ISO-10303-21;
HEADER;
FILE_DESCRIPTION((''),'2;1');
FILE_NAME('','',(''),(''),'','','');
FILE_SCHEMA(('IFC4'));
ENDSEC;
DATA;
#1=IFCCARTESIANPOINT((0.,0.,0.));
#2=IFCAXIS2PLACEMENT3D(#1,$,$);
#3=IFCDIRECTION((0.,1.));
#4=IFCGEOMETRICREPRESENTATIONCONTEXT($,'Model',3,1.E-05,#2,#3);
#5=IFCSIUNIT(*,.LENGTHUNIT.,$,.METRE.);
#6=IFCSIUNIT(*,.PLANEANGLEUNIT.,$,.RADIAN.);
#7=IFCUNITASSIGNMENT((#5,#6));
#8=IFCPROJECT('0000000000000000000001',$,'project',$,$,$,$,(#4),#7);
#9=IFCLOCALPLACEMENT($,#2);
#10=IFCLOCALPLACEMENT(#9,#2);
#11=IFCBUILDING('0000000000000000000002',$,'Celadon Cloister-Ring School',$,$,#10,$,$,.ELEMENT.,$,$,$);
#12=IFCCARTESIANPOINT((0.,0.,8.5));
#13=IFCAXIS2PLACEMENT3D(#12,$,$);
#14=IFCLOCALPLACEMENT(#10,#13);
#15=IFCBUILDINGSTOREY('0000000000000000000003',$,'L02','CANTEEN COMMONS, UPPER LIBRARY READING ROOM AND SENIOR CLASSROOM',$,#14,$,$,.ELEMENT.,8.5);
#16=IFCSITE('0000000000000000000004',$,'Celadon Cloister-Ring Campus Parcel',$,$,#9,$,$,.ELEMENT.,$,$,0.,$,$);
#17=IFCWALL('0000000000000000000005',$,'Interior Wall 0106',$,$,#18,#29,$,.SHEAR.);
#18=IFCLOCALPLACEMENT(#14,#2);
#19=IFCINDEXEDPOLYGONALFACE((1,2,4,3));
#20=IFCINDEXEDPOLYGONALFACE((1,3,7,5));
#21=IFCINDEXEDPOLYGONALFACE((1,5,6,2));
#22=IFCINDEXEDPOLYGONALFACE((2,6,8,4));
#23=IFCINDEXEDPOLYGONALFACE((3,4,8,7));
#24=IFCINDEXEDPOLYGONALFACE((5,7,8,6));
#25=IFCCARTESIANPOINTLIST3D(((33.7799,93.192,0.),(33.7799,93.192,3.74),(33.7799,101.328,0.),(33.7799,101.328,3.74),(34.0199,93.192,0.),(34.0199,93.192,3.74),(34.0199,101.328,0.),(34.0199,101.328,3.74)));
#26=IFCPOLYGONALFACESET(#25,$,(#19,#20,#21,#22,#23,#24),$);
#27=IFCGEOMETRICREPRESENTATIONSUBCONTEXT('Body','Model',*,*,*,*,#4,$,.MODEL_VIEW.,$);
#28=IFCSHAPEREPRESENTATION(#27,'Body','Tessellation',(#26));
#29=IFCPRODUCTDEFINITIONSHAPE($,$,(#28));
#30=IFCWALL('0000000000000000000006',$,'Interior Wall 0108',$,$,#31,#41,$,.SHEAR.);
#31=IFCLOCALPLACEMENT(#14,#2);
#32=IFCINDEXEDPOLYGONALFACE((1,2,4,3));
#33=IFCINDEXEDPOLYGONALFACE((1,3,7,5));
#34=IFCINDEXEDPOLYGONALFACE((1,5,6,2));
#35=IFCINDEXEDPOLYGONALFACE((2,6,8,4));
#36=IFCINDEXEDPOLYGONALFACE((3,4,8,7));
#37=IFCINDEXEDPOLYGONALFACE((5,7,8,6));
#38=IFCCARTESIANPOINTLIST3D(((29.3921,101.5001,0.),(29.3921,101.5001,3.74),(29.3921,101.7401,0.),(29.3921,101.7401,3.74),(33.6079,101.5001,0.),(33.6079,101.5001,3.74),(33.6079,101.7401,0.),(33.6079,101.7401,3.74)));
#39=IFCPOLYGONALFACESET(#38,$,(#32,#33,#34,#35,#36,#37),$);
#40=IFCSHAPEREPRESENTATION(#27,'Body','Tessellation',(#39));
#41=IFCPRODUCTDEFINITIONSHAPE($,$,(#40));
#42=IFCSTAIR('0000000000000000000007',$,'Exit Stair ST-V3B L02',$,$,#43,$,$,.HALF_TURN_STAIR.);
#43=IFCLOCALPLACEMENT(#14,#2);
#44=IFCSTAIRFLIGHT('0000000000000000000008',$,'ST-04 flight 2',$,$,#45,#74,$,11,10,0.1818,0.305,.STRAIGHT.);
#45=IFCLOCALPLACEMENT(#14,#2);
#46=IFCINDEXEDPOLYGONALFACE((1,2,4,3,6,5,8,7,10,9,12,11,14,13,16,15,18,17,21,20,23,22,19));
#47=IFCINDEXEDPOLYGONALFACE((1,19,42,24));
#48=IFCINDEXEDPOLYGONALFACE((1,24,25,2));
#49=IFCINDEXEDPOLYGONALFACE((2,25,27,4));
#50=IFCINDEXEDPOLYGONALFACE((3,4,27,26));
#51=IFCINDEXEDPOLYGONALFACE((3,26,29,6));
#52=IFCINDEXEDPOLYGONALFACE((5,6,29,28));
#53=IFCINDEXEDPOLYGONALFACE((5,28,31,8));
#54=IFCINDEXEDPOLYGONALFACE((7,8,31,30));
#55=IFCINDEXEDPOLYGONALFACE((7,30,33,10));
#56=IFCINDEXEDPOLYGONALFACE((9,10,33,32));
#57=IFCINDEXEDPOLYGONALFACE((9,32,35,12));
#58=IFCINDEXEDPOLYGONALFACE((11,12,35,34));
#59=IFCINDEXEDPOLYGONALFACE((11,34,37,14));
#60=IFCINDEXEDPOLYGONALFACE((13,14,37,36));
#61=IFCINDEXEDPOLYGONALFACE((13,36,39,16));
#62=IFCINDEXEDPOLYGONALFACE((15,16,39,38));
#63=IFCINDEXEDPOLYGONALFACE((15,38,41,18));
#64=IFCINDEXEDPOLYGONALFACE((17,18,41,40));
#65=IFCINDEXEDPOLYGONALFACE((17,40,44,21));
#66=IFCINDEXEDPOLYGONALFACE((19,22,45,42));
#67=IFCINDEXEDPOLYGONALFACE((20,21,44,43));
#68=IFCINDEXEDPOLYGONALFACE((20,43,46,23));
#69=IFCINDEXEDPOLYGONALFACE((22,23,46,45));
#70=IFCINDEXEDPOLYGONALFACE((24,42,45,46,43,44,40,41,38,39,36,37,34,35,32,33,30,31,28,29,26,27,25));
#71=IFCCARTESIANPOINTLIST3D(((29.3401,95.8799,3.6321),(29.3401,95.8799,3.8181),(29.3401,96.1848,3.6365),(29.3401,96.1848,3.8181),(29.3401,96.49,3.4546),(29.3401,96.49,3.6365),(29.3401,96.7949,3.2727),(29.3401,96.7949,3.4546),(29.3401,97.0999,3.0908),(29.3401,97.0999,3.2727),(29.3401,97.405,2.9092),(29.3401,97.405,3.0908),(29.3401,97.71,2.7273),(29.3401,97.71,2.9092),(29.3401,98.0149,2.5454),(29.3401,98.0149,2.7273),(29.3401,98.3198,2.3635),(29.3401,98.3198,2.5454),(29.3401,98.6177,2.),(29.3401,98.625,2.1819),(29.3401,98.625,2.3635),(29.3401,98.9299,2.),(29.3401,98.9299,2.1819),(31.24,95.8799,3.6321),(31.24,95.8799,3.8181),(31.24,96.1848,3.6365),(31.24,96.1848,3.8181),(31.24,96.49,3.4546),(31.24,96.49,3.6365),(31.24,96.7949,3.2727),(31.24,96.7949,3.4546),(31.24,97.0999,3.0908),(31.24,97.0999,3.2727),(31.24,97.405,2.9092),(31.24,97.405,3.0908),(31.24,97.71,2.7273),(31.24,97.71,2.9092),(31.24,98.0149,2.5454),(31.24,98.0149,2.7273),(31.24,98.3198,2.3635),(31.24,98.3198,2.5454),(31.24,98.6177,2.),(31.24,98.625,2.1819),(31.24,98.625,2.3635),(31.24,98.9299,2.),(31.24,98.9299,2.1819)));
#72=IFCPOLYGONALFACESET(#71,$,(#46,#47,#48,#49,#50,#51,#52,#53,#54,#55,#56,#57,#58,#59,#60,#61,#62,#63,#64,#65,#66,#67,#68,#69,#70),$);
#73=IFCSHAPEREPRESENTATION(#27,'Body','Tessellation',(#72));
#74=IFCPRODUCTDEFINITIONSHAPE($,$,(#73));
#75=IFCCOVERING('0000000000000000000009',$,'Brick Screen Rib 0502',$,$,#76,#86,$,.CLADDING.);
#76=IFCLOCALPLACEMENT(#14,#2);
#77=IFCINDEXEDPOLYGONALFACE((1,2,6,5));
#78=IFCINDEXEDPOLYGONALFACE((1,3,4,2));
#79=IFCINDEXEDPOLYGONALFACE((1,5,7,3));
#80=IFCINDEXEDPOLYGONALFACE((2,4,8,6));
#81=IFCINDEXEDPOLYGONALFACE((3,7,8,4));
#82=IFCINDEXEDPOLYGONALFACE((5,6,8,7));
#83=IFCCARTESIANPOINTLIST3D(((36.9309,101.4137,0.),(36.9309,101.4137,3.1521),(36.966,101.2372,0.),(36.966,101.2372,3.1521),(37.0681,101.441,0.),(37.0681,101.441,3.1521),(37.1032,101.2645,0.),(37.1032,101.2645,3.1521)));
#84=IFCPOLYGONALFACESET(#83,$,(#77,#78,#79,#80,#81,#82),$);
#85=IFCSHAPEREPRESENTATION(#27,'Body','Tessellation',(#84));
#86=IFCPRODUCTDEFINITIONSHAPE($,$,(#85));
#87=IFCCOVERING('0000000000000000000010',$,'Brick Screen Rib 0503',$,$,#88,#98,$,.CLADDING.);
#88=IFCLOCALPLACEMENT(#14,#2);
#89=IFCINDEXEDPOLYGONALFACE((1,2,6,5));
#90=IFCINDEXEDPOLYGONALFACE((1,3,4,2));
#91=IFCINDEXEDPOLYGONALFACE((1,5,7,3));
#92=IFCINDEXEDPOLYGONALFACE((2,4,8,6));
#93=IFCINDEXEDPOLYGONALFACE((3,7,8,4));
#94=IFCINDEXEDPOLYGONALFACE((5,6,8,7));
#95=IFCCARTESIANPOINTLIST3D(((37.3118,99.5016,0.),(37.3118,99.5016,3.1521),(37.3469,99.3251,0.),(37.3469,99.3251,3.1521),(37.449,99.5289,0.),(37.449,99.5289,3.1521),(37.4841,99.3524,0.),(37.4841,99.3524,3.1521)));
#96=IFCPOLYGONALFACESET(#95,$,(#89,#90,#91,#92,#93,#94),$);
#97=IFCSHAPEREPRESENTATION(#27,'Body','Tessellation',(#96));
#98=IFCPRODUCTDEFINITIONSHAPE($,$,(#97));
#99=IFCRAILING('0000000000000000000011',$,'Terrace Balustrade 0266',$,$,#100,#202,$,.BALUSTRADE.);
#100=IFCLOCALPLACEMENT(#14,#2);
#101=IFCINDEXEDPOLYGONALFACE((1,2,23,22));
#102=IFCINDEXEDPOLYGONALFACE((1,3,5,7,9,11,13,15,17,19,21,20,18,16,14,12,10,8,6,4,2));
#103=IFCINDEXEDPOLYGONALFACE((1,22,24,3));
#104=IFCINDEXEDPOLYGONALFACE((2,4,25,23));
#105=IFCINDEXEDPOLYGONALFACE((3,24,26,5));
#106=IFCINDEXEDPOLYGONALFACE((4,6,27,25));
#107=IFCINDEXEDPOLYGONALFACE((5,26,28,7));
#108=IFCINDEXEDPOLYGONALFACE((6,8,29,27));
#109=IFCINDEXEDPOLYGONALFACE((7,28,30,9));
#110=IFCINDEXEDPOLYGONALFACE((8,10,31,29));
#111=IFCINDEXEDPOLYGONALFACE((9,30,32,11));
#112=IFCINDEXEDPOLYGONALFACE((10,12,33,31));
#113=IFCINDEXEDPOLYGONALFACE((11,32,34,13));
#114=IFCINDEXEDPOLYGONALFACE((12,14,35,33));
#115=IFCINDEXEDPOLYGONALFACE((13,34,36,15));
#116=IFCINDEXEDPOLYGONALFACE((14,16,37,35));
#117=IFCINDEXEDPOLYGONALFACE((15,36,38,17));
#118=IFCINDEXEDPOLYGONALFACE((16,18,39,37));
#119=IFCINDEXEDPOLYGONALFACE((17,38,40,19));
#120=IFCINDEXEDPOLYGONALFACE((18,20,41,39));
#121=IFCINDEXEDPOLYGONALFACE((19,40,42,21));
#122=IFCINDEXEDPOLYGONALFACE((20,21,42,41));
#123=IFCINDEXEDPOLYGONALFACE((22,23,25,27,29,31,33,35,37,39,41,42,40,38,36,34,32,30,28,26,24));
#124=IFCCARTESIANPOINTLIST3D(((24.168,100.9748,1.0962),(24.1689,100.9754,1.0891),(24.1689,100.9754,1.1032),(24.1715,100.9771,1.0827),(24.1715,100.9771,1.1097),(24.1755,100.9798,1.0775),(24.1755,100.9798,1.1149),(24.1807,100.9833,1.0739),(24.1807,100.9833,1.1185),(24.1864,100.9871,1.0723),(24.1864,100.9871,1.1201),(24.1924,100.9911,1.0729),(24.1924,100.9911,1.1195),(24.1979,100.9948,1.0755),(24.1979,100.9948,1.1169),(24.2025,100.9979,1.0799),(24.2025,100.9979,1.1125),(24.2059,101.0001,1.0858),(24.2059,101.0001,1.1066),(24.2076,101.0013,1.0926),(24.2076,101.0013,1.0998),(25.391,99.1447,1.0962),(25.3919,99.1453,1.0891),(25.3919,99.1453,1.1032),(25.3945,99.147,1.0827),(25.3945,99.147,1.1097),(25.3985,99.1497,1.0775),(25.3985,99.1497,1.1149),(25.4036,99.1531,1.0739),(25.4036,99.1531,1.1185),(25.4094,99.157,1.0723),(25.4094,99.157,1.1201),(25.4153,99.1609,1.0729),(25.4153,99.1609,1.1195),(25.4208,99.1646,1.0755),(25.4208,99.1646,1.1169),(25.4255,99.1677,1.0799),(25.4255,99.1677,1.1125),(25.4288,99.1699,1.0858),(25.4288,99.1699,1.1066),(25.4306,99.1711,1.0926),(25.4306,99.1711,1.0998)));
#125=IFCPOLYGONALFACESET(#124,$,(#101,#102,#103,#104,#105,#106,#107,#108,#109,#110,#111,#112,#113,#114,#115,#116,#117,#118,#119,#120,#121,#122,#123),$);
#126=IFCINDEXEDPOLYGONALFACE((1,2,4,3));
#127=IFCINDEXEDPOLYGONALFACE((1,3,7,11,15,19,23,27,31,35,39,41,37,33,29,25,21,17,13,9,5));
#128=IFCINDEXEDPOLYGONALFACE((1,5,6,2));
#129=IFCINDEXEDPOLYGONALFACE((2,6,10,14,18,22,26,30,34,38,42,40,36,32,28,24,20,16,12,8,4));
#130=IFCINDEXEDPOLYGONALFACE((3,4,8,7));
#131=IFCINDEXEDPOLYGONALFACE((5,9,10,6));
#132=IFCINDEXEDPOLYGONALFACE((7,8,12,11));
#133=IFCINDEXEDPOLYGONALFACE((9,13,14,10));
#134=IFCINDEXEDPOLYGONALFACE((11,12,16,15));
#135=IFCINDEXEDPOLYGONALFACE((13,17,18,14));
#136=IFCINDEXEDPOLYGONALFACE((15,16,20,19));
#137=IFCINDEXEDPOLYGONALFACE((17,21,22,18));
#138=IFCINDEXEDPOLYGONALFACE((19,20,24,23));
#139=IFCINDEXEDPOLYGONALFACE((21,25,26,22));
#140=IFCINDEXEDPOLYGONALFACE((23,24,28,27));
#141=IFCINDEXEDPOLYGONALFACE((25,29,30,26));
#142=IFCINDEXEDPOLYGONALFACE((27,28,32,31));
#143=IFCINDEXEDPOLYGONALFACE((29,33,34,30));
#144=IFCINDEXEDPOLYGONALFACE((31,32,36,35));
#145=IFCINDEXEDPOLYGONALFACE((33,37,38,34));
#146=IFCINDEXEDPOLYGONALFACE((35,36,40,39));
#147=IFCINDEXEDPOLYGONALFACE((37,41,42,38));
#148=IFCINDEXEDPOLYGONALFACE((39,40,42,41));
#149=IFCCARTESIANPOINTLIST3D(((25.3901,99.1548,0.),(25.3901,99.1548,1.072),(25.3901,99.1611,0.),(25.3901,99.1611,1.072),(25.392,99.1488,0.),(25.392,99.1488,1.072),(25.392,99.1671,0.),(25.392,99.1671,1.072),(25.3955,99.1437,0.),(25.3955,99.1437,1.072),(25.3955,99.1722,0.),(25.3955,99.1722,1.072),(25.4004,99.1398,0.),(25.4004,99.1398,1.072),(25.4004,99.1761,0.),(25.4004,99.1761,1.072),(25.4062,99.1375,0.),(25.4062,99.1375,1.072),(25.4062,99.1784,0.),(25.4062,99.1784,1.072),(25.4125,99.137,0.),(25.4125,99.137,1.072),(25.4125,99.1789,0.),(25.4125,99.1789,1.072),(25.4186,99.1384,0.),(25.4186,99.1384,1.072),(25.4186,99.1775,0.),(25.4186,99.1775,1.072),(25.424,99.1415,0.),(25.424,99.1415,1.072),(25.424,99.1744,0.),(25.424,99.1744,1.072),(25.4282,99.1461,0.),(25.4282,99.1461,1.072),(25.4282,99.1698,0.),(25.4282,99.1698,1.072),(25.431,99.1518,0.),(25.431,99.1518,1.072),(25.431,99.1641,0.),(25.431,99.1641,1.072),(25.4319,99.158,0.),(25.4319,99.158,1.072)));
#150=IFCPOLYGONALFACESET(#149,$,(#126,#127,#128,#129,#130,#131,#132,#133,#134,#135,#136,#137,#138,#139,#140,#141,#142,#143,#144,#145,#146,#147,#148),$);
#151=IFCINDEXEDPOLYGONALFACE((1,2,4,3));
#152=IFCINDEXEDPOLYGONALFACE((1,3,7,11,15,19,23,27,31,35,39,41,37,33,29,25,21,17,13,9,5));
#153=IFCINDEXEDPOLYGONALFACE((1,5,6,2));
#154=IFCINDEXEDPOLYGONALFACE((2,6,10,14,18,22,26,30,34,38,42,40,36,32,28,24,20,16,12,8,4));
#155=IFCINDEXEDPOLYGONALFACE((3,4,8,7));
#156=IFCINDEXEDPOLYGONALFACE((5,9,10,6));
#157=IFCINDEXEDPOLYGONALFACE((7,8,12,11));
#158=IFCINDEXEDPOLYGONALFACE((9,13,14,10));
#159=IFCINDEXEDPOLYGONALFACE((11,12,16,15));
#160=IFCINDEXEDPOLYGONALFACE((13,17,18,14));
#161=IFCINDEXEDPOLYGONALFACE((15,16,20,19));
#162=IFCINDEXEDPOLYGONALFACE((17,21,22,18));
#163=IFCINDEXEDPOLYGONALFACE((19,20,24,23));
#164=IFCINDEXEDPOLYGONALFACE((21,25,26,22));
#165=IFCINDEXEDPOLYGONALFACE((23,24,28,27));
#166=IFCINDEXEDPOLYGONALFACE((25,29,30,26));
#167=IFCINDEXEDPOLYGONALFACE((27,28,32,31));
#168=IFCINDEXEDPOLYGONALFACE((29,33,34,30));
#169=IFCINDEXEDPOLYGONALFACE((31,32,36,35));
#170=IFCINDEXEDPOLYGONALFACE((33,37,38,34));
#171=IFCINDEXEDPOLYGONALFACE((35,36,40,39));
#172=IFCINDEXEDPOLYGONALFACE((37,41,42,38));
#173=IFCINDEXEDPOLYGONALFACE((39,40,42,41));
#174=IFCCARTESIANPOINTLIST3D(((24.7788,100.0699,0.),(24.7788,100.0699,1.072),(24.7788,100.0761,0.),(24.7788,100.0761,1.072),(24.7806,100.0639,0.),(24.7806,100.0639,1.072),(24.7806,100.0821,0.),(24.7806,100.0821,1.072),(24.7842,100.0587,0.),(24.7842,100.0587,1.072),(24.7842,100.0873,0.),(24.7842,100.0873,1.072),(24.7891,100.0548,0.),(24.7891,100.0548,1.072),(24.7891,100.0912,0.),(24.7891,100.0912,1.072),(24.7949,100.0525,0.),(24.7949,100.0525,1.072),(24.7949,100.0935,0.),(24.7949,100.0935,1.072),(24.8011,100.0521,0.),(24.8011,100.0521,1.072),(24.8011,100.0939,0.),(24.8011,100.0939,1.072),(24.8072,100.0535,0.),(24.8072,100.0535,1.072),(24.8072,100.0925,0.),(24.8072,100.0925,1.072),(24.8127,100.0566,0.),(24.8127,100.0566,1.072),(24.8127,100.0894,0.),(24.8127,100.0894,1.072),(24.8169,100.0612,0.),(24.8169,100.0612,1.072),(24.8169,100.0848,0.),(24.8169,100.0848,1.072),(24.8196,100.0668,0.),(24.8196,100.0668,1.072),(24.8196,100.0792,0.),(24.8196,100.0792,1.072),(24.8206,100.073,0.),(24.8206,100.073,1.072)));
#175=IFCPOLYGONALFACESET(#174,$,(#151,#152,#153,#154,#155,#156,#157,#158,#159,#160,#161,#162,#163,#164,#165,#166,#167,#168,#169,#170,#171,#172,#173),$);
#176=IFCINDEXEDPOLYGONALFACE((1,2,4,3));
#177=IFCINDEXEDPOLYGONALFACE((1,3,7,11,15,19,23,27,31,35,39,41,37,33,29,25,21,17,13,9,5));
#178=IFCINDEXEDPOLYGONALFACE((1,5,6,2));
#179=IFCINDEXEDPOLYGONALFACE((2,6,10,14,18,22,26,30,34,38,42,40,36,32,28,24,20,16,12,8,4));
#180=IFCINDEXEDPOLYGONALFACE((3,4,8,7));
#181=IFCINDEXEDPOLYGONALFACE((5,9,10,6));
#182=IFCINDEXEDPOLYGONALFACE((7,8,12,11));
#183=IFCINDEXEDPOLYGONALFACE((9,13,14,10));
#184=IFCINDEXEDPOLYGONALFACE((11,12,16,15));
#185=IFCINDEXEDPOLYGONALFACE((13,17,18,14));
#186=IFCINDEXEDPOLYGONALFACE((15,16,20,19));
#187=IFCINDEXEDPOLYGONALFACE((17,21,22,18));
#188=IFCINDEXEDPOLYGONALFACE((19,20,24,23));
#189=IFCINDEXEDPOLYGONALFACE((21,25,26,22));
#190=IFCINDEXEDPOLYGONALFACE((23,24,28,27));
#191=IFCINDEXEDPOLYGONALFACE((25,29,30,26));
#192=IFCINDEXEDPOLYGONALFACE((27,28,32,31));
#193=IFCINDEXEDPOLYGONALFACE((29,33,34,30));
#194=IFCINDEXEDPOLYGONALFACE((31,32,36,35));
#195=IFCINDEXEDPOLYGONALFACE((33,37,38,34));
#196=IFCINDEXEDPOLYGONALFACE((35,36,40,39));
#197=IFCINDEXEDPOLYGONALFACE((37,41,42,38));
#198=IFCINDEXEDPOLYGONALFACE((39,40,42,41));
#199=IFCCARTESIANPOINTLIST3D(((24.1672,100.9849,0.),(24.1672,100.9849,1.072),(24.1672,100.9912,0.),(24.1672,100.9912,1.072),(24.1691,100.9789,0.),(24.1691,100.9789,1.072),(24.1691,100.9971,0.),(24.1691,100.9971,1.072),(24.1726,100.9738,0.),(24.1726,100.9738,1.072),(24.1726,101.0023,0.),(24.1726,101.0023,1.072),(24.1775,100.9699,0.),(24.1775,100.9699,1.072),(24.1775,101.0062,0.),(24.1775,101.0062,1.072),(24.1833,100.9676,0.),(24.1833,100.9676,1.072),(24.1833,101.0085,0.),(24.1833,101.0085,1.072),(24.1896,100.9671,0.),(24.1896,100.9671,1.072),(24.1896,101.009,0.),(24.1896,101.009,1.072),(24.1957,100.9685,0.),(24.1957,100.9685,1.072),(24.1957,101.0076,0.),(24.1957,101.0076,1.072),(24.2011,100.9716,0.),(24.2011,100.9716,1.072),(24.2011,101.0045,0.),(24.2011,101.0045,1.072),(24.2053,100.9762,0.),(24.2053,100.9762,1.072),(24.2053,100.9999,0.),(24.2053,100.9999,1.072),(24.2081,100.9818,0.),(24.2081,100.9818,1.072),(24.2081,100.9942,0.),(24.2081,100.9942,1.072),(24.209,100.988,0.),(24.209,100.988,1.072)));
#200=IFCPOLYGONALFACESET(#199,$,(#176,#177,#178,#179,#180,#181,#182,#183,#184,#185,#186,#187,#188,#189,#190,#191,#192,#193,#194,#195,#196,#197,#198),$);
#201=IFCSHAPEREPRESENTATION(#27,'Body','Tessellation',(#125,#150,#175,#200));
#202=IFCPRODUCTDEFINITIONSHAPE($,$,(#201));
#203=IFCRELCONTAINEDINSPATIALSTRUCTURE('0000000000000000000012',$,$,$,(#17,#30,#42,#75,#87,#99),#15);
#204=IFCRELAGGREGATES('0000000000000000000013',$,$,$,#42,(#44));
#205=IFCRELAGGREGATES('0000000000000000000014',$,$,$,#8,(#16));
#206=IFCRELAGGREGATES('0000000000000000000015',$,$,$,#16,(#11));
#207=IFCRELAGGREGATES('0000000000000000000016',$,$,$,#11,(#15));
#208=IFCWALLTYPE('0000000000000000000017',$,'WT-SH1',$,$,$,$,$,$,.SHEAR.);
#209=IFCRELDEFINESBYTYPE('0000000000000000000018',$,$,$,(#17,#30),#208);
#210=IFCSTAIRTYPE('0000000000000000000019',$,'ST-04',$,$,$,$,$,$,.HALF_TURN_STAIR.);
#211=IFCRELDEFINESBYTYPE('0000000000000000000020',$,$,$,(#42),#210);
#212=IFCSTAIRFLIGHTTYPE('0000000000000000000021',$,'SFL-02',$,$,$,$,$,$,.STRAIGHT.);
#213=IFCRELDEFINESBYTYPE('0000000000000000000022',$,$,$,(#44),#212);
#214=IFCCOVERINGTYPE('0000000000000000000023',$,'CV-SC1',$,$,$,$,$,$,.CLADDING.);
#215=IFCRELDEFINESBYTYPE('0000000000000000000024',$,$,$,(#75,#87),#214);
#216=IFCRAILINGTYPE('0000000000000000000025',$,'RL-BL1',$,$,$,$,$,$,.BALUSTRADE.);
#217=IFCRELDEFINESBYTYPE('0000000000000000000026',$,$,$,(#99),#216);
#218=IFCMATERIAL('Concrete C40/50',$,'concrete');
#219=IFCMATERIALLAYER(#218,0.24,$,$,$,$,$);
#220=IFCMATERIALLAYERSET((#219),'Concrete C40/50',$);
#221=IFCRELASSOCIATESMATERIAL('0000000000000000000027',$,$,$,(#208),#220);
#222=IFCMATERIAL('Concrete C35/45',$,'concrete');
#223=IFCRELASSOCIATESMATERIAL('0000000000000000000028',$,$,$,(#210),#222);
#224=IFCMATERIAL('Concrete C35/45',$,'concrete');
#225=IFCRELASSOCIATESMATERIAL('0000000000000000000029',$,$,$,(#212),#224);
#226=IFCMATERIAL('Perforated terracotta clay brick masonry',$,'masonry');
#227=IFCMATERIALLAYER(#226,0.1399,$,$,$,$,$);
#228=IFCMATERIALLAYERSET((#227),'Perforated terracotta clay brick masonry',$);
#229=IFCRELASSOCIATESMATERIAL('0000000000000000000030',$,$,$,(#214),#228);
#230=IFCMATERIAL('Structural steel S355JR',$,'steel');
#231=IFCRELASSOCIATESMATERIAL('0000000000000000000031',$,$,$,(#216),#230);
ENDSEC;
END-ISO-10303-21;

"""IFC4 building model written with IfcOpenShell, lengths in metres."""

from ifc_helpers import new_model, si_unit, direction, frame, frame_2d, origin, origin_2d, place, context, subcontext, project, spatial, polyline, rectangle, circle, outline, extrude, material, layer, layer_set, type_object, element, aggregate, save


model = new_model("IFC4")

# Units and contexts
model_context = context("Model", 3, precision=1e-05, world=origin(), true_north=direction((0.0, 1.0)))
body_context = subcontext(model_context, "Body", "Model", "MODEL_VIEW")
ifc_project = project(units=[si_unit("LENGTHUNIT", "METRE"), si_unit("PLANEANGLEUNIT", "RADIAN")], contexts=[model_context])

# Site, building, storey
site_placement = place(None, origin())
site = spatial("IfcSite", under=ifc_project, at=site_placement, Name="Celadon Cloister-Ring Campus Parcel", CompositionType="ELEMENT", RefElevation=0.0)
building_placement = place(site_placement, origin())
building = spatial("IfcBuilding", under=site, at=building_placement, Name="Celadon Cloister-Ring School", CompositionType="ELEMENT")
storey_placement = place(building_placement, frame((0.0, 0.0, 8.5)))
storey = spatial("IfcBuildingStorey", under=building, at=storey_placement, Name="L02", Description="CANTEEN COMMONS, UPPER LIBRARY READING ROOM AND SENIOR CLASSROOM", CompositionType="ELEMENT", Elevation=8.5)

# Walls
ifc_material_1 = material(Name="Concrete C40/50", Category="concrete")
ifc_layer_1 = layer(ifc_material_1, 0.24)
ifc_layer_set_1 = layer_set([ifc_layer_1], Name="Concrete C40/50")
wall_type_1 = type_object("IfcWallType", Name="WT-SH1", PredefinedType="SHEAR", material=ifc_layer_set_1)
wall_1_placement = place(storey_placement, frame((33.8999, 101.3279, 0.0), z_axis=(0.0, 0.0, 1.0), x_axis=(0.0, -1.0, 0.0)))
element("IfcWall", 1, at=wall_1_placement, inside=storey, type_object=wall_type_1, Name="Interior Wall 0106", PredefinedType="SHEAR", context=body_context, shape_type="SweptSolid", body=[
    extrude(rectangle(XDim=8.136, YDim=0.24, at=frame_2d((4.0679, 0.0))), origin(), (0.0, 0.0, 1.0), 3.74),
])
wall_2_placement = place(storey_placement, frame((33.6079, 101.6201, 0.0), z_axis=(0.0, 0.0, 1.0), x_axis=(-1.0, 0.0, 0.0)))
element("IfcWall", 2, at=wall_2_placement, inside=storey, type_object=wall_type_1, Name="Interior Wall 0108", PredefinedType="SHEAR", context=body_context, shape_type="SweptSolid", body=[
    extrude(rectangle(XDim=4.2158, YDim=0.24, at=frame_2d((2.1079, 0.0))), origin(), (0.0, 0.0, 1.0), 3.74),
])

# Stair, stair flight
ifc_material_2 = material(Name="Concrete C35/45", Category="concrete")
stair_type = type_object("IfcStairType", Name="ST-04", PredefinedType="HALF_TURN_STAIR", material=ifc_material_2)
stair_placement = place(storey_placement, origin())
stair = element("IfcStair", 3, at=stair_placement, inside=storey, type_object=stair_type, Name="Exit Stair ST-V3B L02", PredefinedType="HALF_TURN_STAIR")
ifc_material_3 = material(Name="Concrete C35/45", Category="concrete")
stair_flight_type = type_object("IfcStairFlightType", Name="SFL-02", PredefinedType="STRAIGHT", material=ifc_material_3)
stair_flight_placement = place(storey_placement, frame((30.29, 98.9299, 2.0), z_axis=(0.0, 0.0, 1.0), x_axis=(0.0, -1.0, 0.0)))
stair_flight = element("IfcStairFlight", 4, at=stair_flight_placement, type_object=stair_flight_type, Name="ST-04 flight 2", NumberOfRisers=11, NumberOfTreads=10, PredefinedType="STRAIGHT", RiserHeight=0.1818, TreadLength=0.305, context=body_context, shape_type="SweptSolid", body=[
    extrude(outline(polyline([(0.0, 0.0), (0.0, 0.1819), (0.3049, 0.1819), (0.3049, 0.3635), (0.6101, 0.3635), (0.6101, 0.5454), (0.915, 0.5454), (0.915, 0.7273), (1.22, 0.7273), (1.22, 0.9092), (1.5249, 0.9092), (1.5249, 1.0908), (1.8301, 1.0908), (1.8301, 1.2727), (2.135, 1.2727), (2.135, 1.4546), (2.4399, 1.4546), (2.4399, 1.6365), (2.7451, 1.6365), (2.7451, 1.8181), (3.05, 1.8181), (3.05, 2.0), (3.05, 1.6321), (0.3123, 0.0), (0.0, 0.0)])), frame((0.0, 0.95, 0.0), z_axis=(0.0, -1.0, 0.0), x_axis=(1.0, 0.0, 0.0)), (0.0, 0.0, 1.0), 1.8999),
])
aggregate(stair, [stair_flight])

# Coverings
ifc_material_4 = material(Name="Perforated terracotta clay brick masonry", Category="masonry")
ifc_layer_2 = layer(ifc_material_4, 0.1399)
ifc_layer_set_2 = layer_set([ifc_layer_2], Name="Perforated terracotta clay brick masonry")
covering_type = type_object("IfcCoveringType", Name="CV-SC1", PredefinedType="CLADDING", material=ifc_layer_set_2)
for number, where, z_axis, x_axis, name in (
    (5, (37.0171, 101.3391, 0.0), (0.0, 0.0, 1.0), (0.195142, -0.980775, 0.0), "Brick Screen Rib 0502"),
    (6, (37.3979, 99.427, 0.0), (0.0, 0.0, 1.0), (0.195142, -0.980775, 0.0), "Brick Screen Rib 0503"),
):
    element("IfcCovering", number, at=place(storey_placement, frame(where, z_axis=z_axis, x_axis=x_axis)), inside=storey, type_object=covering_type, Name=name, PredefinedType="CLADDING", context=body_context, shape_type="SweptSolid", body=[
        extrude(rectangle(XDim=0.1799, YDim=0.1399, at=origin_2d()), origin(), (0.0, 0.0, 1.0), 3.1521),
    ])

# Railing
ifc_material_5 = material(Name="Structural steel S355JR", Category="steel")
railing_type_1 = type_object("IfcRailingType", Name="RL-BL1", PredefinedType="BALUSTRADE", material=ifc_material_5)
railing_1_placement = place(storey_placement, frame((25.4109, 99.158, 0.0)))
element("IfcRailing", 7, at=railing_1_placement, inside=storey, type_object=railing_type_1, Name="Terrace Balustrade 0266", PredefinedType="BALUSTRADE", context=body_context, shape_type="SweptSolid", body=[
    extrude(circle(Radius=0.0239, at=origin_2d()), frame((0.0, 0.0, 1.0962), z_axis=(-0.555596, 0.831453, 0.0), x_axis=(-0.831453, -0.555596, 0.0)), (0.0, 0.0, 1.0), 2.2012),
    extrude(circle(Radius=0.021, at=origin_2d()), origin(), (0.0, 0.0, 1.0), 1.072),
    extrude(circle(Radius=0.021, at=origin_2d()), frame((-0.6113, 0.915, 0.0)), (0.0, 0.0, 1.0), 1.072),
    extrude(circle(Radius=0.021, at=origin_2d()), frame((-1.2229, 1.8301, 0.0)), (0.0, 0.0, 1.0), 1.072),
])

save(model, "model.ifc")
